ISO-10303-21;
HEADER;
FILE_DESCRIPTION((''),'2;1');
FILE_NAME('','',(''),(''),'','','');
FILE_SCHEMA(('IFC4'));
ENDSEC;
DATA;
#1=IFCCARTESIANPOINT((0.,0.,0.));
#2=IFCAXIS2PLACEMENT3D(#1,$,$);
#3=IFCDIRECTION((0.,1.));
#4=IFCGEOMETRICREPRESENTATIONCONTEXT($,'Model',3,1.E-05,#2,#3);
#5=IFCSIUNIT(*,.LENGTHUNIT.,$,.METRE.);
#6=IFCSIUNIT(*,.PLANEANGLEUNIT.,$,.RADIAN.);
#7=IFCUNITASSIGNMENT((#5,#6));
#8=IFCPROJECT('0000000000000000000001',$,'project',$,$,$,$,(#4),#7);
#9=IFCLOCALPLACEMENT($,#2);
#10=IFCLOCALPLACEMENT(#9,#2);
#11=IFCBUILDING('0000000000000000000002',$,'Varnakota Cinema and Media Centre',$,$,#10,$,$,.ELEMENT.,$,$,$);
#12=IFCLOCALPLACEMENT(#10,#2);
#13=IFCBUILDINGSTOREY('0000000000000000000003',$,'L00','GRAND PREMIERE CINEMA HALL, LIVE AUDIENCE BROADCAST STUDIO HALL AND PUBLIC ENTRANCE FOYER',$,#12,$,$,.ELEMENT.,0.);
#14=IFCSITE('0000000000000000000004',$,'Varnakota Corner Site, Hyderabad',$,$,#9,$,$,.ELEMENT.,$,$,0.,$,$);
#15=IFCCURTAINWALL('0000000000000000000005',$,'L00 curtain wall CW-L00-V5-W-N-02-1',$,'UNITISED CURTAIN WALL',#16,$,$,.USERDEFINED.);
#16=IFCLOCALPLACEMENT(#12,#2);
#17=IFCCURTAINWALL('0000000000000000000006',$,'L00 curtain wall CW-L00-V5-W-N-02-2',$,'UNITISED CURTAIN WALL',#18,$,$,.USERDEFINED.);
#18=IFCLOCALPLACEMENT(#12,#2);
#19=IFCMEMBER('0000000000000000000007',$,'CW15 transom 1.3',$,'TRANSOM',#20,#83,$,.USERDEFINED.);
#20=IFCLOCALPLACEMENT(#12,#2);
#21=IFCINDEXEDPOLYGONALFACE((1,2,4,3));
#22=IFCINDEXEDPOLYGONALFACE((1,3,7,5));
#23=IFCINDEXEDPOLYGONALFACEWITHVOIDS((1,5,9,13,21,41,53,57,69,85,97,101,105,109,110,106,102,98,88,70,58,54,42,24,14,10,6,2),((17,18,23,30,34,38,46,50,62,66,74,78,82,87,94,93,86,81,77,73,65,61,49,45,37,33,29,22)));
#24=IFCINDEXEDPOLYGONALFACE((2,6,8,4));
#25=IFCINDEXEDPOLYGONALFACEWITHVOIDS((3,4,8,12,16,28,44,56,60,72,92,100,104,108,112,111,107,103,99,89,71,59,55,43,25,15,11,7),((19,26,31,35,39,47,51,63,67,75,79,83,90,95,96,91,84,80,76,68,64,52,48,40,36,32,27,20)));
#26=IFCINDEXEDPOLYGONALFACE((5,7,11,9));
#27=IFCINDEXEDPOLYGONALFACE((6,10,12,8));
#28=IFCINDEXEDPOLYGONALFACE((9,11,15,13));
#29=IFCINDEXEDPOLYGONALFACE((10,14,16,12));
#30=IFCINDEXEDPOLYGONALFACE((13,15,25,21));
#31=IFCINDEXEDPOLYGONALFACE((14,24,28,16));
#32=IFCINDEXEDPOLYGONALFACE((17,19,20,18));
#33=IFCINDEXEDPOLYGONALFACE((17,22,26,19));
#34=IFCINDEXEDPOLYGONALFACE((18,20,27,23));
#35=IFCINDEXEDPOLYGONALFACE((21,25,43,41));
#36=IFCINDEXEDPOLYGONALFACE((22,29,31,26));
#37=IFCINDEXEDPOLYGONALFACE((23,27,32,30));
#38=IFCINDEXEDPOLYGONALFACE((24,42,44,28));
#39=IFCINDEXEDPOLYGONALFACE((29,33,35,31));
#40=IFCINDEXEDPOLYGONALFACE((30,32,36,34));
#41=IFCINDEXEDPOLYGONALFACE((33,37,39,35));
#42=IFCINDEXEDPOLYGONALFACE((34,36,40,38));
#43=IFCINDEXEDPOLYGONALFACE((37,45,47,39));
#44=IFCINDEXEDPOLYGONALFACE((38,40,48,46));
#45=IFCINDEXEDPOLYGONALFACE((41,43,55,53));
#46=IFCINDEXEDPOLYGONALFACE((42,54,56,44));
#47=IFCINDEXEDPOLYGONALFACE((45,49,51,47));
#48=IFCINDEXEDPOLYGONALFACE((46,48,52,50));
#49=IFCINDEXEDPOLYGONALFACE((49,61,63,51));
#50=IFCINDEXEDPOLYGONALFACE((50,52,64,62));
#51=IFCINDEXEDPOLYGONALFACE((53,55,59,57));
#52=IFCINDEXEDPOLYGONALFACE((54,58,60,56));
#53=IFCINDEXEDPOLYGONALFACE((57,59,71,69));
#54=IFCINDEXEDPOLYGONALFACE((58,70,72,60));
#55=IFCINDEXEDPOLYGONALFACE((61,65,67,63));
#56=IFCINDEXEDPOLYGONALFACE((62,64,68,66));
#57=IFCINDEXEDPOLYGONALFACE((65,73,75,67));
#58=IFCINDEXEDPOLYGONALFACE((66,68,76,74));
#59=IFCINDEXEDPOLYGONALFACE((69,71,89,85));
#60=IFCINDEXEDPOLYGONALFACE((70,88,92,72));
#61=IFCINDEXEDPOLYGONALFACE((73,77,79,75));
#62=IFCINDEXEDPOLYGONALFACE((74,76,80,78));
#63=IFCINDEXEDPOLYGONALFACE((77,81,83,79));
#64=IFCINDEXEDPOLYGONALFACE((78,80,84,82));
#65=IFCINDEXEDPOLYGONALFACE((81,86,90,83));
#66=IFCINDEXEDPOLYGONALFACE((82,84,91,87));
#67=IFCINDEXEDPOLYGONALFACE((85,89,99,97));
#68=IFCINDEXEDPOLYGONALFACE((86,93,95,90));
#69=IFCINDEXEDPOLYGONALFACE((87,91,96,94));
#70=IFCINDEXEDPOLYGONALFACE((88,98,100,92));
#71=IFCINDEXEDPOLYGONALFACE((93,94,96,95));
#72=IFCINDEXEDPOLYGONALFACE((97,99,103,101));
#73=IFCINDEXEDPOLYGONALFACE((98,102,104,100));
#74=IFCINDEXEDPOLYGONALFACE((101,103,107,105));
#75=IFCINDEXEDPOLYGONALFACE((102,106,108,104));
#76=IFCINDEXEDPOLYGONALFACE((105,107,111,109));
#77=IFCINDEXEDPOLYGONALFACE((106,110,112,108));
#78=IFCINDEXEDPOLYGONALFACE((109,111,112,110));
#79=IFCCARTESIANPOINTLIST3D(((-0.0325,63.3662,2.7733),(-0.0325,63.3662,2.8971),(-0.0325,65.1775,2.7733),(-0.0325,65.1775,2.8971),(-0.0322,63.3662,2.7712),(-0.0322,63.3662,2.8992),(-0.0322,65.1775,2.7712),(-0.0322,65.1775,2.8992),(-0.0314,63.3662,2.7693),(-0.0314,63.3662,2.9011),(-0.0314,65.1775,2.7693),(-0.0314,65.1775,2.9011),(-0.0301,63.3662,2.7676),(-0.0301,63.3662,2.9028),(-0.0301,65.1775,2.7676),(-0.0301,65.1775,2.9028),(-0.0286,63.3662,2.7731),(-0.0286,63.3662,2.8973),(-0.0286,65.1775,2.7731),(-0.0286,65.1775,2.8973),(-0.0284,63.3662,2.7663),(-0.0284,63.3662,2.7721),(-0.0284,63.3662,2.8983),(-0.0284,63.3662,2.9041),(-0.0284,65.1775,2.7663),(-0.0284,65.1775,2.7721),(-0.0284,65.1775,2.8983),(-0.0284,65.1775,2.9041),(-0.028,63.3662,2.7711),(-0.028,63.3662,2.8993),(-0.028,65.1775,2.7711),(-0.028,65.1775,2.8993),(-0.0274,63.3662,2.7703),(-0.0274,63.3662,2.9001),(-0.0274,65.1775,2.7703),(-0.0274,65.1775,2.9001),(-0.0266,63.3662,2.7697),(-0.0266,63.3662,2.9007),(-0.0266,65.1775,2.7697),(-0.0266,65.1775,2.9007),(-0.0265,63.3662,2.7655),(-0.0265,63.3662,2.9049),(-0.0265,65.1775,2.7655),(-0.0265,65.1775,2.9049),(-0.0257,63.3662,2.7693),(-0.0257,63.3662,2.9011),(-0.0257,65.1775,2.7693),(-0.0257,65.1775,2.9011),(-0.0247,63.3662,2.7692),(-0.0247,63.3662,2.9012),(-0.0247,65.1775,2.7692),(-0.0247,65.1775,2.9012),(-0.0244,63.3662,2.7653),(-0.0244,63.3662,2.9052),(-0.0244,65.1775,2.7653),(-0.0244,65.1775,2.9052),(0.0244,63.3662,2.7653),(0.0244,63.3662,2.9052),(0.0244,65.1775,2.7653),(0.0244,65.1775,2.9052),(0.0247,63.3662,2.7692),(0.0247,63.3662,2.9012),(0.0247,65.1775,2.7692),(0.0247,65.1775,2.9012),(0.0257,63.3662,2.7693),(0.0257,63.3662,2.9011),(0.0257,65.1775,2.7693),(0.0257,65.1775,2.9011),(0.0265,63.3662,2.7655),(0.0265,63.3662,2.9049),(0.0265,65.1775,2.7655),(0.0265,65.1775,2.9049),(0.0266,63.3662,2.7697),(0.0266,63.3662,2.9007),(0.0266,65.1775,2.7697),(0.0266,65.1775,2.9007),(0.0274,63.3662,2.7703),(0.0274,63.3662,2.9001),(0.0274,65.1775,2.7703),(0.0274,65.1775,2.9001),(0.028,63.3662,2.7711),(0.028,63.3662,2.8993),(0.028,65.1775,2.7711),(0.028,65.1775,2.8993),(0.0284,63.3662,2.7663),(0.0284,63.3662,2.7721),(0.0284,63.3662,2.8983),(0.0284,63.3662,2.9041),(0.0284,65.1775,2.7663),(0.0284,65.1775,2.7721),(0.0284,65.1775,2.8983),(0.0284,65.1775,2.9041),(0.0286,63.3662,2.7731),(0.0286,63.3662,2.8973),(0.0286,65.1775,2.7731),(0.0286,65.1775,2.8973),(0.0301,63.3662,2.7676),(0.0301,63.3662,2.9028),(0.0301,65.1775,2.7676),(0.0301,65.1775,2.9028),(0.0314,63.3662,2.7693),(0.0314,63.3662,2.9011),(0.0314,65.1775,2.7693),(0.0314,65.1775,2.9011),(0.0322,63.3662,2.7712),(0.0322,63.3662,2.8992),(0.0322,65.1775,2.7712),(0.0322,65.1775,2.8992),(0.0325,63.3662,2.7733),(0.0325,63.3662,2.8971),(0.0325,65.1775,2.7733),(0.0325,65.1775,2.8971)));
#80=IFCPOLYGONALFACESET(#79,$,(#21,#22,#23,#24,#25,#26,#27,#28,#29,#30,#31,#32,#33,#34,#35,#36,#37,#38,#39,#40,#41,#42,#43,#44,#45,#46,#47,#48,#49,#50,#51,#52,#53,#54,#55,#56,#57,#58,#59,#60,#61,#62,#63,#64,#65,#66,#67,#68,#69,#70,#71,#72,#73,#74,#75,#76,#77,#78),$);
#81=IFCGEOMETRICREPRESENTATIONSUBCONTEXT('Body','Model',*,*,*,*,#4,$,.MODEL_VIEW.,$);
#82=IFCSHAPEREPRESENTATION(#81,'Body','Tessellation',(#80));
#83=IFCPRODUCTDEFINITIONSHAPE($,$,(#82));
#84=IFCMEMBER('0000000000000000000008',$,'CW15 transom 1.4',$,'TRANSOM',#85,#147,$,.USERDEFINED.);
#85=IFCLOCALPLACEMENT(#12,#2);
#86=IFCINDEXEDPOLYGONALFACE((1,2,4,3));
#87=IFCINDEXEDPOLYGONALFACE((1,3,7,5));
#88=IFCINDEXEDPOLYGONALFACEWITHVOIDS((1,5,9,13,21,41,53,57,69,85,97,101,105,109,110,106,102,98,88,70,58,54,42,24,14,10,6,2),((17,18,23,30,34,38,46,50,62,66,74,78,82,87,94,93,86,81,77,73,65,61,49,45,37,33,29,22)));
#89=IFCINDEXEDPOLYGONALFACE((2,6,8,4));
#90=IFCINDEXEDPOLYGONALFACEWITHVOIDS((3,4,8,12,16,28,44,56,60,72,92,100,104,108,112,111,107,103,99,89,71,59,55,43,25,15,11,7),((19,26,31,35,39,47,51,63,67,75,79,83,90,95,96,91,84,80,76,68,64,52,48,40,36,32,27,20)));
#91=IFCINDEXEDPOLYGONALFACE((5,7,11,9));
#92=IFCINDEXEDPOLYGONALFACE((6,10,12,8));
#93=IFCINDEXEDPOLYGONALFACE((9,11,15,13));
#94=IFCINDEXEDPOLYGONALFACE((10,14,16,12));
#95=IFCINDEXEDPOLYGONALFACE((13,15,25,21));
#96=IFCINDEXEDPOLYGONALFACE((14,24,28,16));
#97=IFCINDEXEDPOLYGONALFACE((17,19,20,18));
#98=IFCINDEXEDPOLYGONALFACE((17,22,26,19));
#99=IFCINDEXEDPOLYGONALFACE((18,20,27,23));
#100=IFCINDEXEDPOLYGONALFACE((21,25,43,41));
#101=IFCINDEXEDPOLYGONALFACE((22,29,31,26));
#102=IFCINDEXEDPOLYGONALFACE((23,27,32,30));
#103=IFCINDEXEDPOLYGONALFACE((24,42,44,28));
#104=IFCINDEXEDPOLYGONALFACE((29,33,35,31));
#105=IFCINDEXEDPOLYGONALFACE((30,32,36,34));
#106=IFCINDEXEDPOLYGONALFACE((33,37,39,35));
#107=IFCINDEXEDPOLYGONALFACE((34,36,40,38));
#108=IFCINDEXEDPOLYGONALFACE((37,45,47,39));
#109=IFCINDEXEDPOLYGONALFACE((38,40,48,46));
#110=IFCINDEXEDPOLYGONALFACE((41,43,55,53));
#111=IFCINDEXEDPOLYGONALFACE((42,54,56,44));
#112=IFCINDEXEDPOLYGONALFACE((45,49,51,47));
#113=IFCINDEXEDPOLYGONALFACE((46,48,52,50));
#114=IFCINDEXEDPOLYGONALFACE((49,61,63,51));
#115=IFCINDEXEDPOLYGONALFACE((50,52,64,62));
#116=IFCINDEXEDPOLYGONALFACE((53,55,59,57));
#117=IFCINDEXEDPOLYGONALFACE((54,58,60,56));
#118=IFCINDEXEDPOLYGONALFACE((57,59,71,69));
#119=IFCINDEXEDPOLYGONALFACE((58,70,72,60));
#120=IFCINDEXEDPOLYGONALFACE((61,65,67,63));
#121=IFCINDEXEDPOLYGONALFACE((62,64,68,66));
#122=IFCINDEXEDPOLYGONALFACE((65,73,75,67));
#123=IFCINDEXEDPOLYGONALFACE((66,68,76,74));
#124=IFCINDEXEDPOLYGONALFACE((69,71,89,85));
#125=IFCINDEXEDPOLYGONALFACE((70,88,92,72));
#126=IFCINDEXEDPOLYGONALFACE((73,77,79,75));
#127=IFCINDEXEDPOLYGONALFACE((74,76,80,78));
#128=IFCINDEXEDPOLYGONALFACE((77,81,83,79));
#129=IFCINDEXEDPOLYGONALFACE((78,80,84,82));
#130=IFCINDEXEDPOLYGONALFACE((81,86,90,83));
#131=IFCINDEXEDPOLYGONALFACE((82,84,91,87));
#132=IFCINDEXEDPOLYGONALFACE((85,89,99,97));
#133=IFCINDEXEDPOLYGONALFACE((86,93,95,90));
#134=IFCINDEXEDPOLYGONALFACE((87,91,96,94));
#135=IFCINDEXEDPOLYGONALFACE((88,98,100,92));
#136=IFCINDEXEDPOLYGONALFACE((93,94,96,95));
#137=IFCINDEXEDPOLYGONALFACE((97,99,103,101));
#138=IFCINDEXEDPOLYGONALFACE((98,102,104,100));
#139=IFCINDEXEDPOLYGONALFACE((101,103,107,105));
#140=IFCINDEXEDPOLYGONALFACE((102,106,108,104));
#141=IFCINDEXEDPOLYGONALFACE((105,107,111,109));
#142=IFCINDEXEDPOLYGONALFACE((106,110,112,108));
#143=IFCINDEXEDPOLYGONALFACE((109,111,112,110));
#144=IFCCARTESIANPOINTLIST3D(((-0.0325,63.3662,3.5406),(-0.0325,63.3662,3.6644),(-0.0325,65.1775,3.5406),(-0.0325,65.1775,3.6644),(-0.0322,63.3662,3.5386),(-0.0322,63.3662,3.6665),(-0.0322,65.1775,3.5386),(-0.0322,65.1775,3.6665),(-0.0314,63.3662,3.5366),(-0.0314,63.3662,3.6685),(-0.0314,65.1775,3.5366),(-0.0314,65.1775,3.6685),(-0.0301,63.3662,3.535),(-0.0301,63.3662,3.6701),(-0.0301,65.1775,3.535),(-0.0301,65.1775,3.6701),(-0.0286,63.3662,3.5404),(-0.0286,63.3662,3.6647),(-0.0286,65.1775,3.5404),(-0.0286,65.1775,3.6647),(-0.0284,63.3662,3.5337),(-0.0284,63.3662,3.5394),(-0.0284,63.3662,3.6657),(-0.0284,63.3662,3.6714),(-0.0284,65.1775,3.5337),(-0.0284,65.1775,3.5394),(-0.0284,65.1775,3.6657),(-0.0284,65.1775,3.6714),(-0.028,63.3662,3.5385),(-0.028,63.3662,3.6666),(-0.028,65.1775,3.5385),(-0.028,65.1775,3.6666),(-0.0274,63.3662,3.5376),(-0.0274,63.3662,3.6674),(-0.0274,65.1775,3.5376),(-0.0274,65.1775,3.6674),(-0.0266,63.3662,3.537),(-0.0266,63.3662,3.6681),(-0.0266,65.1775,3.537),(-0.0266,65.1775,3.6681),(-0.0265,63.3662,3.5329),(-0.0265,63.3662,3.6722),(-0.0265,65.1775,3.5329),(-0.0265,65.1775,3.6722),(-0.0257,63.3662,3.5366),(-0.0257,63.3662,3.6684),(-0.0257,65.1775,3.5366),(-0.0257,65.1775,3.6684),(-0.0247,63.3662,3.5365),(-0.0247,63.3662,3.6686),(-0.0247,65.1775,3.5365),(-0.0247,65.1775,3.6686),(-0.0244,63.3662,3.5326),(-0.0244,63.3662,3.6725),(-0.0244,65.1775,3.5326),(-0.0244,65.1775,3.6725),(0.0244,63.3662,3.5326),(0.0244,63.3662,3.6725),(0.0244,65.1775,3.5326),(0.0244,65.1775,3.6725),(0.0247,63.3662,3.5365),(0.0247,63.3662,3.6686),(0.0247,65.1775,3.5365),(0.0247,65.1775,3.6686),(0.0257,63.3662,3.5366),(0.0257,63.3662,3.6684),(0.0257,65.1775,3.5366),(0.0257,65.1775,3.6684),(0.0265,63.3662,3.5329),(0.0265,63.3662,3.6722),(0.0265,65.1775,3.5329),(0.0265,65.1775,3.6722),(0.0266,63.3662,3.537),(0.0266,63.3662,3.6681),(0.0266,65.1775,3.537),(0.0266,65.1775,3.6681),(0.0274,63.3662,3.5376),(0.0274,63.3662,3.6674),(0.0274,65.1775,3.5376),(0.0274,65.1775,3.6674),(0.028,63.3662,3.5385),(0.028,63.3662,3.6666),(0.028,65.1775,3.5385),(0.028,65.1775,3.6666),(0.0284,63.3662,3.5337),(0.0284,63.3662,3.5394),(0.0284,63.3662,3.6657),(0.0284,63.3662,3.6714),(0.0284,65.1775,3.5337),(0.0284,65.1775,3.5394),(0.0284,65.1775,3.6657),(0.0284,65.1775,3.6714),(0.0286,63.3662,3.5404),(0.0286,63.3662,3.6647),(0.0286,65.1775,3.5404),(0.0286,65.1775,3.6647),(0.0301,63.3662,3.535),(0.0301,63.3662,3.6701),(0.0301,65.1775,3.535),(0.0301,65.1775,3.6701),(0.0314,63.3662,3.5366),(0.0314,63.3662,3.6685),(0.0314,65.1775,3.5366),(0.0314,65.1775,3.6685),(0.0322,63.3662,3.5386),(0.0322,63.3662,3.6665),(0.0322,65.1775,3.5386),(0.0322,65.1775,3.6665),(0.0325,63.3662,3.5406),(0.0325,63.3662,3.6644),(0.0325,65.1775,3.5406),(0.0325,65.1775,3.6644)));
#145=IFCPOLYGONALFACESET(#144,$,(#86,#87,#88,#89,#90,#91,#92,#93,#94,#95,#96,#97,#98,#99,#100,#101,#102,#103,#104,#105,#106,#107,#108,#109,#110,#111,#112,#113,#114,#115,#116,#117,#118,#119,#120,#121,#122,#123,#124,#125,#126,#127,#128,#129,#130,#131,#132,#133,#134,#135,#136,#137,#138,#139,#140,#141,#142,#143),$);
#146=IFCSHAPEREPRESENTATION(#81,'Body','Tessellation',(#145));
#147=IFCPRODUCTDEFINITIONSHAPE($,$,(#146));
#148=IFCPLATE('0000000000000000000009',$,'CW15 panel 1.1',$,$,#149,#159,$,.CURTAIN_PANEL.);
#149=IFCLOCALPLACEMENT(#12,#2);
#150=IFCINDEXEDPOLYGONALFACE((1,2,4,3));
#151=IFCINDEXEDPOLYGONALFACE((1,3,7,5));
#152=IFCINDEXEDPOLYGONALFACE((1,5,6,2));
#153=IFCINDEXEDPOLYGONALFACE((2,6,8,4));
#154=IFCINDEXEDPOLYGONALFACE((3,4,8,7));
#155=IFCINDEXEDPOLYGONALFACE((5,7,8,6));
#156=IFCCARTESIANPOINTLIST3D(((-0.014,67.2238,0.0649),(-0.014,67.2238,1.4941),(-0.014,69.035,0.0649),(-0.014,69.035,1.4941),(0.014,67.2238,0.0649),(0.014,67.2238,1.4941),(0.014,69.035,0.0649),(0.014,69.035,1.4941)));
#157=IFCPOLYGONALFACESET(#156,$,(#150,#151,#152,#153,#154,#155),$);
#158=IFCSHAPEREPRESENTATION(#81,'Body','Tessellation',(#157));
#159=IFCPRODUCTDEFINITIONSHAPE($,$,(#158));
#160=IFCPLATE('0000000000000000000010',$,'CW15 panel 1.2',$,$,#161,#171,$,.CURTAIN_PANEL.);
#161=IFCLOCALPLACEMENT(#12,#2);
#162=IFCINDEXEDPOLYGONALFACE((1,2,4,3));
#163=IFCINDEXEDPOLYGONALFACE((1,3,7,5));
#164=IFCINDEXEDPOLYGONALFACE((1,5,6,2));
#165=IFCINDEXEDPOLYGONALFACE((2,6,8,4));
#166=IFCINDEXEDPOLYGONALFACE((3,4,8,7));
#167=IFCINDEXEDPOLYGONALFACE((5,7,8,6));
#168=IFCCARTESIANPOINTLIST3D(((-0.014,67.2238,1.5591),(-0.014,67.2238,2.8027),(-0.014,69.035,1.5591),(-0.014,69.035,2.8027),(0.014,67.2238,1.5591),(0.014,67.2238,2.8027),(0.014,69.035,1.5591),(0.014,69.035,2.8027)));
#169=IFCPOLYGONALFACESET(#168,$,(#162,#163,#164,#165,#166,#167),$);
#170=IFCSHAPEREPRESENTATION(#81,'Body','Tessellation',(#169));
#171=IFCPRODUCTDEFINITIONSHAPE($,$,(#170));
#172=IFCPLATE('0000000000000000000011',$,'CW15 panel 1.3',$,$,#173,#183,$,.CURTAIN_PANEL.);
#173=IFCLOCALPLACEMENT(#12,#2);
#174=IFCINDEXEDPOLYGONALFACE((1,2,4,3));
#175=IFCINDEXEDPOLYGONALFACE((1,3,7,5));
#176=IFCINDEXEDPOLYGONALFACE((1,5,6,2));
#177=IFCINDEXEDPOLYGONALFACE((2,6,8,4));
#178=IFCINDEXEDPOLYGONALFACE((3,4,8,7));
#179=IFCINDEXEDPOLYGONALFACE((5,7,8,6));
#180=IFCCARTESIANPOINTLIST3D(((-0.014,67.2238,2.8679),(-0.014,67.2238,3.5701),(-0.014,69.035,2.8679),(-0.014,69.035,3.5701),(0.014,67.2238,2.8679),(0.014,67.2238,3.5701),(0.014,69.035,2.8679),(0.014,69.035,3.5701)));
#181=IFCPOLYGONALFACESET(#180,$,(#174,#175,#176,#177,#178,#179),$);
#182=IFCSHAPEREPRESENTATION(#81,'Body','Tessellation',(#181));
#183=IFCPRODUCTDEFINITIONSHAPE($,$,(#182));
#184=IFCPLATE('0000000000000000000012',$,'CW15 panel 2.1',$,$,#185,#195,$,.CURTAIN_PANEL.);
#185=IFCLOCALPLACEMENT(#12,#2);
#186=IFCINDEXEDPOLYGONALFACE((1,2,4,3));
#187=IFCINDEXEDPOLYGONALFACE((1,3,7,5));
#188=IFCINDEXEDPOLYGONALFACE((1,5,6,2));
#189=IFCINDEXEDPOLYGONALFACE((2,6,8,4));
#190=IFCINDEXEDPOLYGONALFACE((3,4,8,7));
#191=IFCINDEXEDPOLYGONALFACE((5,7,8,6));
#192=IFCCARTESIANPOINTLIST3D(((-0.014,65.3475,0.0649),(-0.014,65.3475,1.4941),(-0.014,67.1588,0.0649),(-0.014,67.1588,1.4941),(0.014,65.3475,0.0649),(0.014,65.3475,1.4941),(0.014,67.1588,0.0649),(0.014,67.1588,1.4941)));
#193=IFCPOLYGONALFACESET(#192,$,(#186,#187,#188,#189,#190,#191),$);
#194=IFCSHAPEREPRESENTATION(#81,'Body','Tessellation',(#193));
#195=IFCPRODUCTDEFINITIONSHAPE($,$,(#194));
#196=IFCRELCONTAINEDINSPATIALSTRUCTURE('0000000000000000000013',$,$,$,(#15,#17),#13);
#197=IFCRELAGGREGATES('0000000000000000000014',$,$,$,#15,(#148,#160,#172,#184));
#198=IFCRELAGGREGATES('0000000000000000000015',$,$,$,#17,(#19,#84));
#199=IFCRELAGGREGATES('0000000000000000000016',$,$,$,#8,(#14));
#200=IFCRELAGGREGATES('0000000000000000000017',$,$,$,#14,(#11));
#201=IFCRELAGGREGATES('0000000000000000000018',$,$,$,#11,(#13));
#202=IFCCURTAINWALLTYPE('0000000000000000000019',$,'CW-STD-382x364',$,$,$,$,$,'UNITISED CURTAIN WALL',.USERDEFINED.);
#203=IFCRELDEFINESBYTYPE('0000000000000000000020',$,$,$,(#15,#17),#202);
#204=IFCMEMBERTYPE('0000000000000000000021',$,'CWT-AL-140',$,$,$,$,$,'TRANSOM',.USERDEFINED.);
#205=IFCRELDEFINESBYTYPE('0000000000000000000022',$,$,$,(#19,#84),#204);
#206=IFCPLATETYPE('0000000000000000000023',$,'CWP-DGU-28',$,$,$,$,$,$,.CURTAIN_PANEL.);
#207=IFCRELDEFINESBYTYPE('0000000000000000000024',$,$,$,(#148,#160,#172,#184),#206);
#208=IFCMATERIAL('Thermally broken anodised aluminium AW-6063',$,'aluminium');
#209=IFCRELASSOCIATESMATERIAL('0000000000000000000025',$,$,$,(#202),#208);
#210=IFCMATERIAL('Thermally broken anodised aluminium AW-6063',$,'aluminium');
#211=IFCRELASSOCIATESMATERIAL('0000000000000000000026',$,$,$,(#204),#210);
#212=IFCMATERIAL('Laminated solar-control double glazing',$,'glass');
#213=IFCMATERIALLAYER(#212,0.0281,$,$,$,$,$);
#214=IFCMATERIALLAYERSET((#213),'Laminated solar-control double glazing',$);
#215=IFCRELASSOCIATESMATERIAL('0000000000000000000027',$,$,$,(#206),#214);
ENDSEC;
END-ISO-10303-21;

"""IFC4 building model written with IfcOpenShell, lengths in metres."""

from ifc_helpers import new_model, si_unit, direction, frame, origin, origin_2d, place, context, subcontext, project, spatial, rectangle, hollow_rectangle, extrude, material, layer, layer_set, material_profile, profile_set, type_object, element, aggregate, save


model = new_model("IFC4")

# Units and contexts
model_context = context("Model", 3, precision=1e-05, world=origin(), true_north=direction((0.0, 1.0)))
body_context = subcontext(model_context, "Body", "Model", "MODEL_VIEW")
ifc_project = project(units=[si_unit("LENGTHUNIT", "METRE"), si_unit("PLANEANGLEUNIT", "RADIAN")], contexts=[model_context])

# Site, building, storey
site_placement = place(None, origin())
site = spatial("IfcSite", under=ifc_project, at=site_placement, Name="Varnakota Corner Site, Hyderabad", CompositionType="ELEMENT", RefElevation=0.0)
building_placement = place(site_placement, origin())
building = spatial("IfcBuilding", under=site, at=building_placement, Name="Varnakota Cinema and Media Centre", CompositionType="ELEMENT")
storey_placement = place(building_placement, origin())
storey = spatial("IfcBuildingStorey", under=building, at=storey_placement, Name="L00", Description="GRAND PREMIERE CINEMA HALL, LIVE AUDIENCE BROADCAST STUDIO HALL AND PUBLIC ENTRANCE FOYER", CompositionType="ELEMENT", Elevation=0.0)

# Curtain wall
ifc_material_1 = material(Name="Thermally broken anodised aluminium AW-6063", Category="aluminium")
curtain_wall_type = type_object("IfcCurtainWallType", Name="CW-STD-382x364", ElementType="UNITISED CURTAIN WALL", PredefinedType="USERDEFINED", material=ifc_material_1)
curtain_wall_1_placement = place(storey_placement, origin())
curtain_wall_1 = element("IfcCurtainWall", 1, at=curtain_wall_1_placement, inside=storey, type_object=curtain_wall_type, Name="L00 curtain wall CW-L00-V5-W-N-02-1", ObjectType="UNITISED CURTAIN WALL", PredefinedType="USERDEFINED")

# Curtain wall
curtain_wall_2_placement = place(storey_placement, origin())
curtain_wall_2 = element("IfcCurtainWall", 2, at=curtain_wall_2_placement, inside=storey, type_object=curtain_wall_type, Name="L00 curtain wall CW-L00-V5-W-N-02-2", ObjectType="UNITISED CURTAIN WALL", PredefinedType="USERDEFINED")

# Members
ifc_material_2 = material(Name="Thermally broken anodised aluminium AW-6063", Category="aluminium")
ifc_material_profile_1 = material_profile(ifc_material_2, hollow_rectangle(XDim=0.0649, YDim=0.1399, WallThickness=0.0039, InnerFilletRadius=0.0039, OuterFilletRadius=0.0081, at=origin_2d()), Name="AL-TRANSOM 140x65x4")
ifc_profile_set_1 = profile_set([ifc_material_profile_1], Name="Thermally broken anodised aluminium AW-6063")
member_type_1 = type_object("IfcMemberType", Name="CWT-AL-140", ElementType="TRANSOM", PredefinedType="USERDEFINED", material=ifc_profile_set_1)
member_1_placement = place(storey_placement, frame((0.0, 65.1775, 2.8352), z_axis=(0.0, -1.0, 0.0), x_axis=(1.0, 0.0, 0.0)))
member_1 = element("IfcMember", 3, at=member_1_placement, type_object=member_type_1, Name="CW15 transom 1.3", ObjectType="TRANSOM", PredefinedType="USERDEFINED", context=body_context, shape_type="SweptSolid", body=[
    extrude(hollow_rectangle(XDim=0.0649, YDim=0.1399, WallThickness=0.0039, InnerFilletRadius=0.0039, OuterFilletRadius=0.0081, at=origin_2d()), origin(), (0.0, 0.0, 1.0), 1.8113),
])
member_2_placement = place(storey_placement, frame((0.0, 65.1775, 3.6025), z_axis=(0.0, -1.0, 0.0), x_axis=(1.0, 0.0, 0.0)))
member_2 = element("IfcMember", 4, at=member_2_placement, type_object=member_type_1, Name="CW15 transom 1.4", ObjectType="TRANSOM", PredefinedType="USERDEFINED", context=body_context, shape_type="SweptSolid", body=[
    extrude(hollow_rectangle(XDim=0.0649, YDim=0.1399, WallThickness=0.0039, InnerFilletRadius=0.0039, OuterFilletRadius=0.0081, at=origin_2d()), origin(), (0.0, 0.0, 1.0), 1.8113),
])

# Plates
ifc_material_3 = material(Name="Laminated solar-control double glazing", Category="glass")
ifc_layer_1 = layer(ifc_material_3, 0.0281)
ifc_layer_set_1 = layer_set([ifc_layer_1], Name="Laminated solar-control double glazing")
plate_type = type_object("IfcPlateType", Name="CWP-DGU-28", PredefinedType="CURTAIN_PANEL", material=ifc_layer_set_1)
plate_1_placement = place(storey_placement, frame((0.0, 68.1294, 0.0649), z_axis=(0.0, 0.0, 1.0), x_axis=(0.0, -1.0, 0.0)))
plate_1 = element("IfcPlate", 5, at=plate_1_placement, type_object=plate_type, Name="CW15 panel 1.1", PredefinedType="CURTAIN_PANEL", context=body_context, shape_type="SweptSolid", body=[
    extrude(rectangle(XDim=1.8113, YDim=0.0281, at=origin_2d()), origin(), (0.0, 0.0, 1.0), 1.4292),
])
plate_2_placement = place(storey_placement, frame((0.0, 68.1294, 1.5591), z_axis=(0.0, 0.0, 1.0), x_axis=(0.0, -1.0, 0.0)))
plate_2 = element("IfcPlate", 6, at=plate_2_placement, type_object=plate_type, Name="CW15 panel 1.2", PredefinedType="CURTAIN_PANEL", context=body_context, shape_type="SweptSolid", body=[
    extrude(rectangle(XDim=1.8113, YDim=0.0281, at=origin_2d()), origin(), (0.0, 0.0, 1.0), 1.2437),
])
plate_3_placement = place(storey_placement, frame((0.0, 68.1294, 2.8679), z_axis=(0.0, 0.0, 1.0), x_axis=(0.0, -1.0, 0.0)))
plate_3 = element("IfcPlate", 7, at=plate_3_placement, type_object=plate_type, Name="CW15 panel 1.3", PredefinedType="CURTAIN_PANEL", context=body_context, shape_type="SweptSolid", body=[
    extrude(rectangle(XDim=1.8113, YDim=0.0281, at=origin_2d()), origin(), (0.0, 0.0, 1.0), 0.7021),
])
plate_4_placement = place(storey_placement, frame((0.0, 66.2532, 0.0649), z_axis=(0.0, 0.0, 1.0), x_axis=(0.0, -1.0, 0.0)))
plate_4 = element("IfcPlate", 8, at=plate_4_placement, type_object=plate_type, Name="CW15 panel 2.1", PredefinedType="CURTAIN_PANEL", context=body_context, shape_type="SweptSolid", body=[
    extrude(rectangle(XDim=1.8113, YDim=0.0281, at=origin_2d()), origin(), (0.0, 0.0, 1.0), 1.4292),
])
aggregate(curtain_wall_1, [plate_1, plate_2, plate_3, plate_4])
aggregate(curtain_wall_2, [member_1, member_2])

save(model, "model.ifc")
